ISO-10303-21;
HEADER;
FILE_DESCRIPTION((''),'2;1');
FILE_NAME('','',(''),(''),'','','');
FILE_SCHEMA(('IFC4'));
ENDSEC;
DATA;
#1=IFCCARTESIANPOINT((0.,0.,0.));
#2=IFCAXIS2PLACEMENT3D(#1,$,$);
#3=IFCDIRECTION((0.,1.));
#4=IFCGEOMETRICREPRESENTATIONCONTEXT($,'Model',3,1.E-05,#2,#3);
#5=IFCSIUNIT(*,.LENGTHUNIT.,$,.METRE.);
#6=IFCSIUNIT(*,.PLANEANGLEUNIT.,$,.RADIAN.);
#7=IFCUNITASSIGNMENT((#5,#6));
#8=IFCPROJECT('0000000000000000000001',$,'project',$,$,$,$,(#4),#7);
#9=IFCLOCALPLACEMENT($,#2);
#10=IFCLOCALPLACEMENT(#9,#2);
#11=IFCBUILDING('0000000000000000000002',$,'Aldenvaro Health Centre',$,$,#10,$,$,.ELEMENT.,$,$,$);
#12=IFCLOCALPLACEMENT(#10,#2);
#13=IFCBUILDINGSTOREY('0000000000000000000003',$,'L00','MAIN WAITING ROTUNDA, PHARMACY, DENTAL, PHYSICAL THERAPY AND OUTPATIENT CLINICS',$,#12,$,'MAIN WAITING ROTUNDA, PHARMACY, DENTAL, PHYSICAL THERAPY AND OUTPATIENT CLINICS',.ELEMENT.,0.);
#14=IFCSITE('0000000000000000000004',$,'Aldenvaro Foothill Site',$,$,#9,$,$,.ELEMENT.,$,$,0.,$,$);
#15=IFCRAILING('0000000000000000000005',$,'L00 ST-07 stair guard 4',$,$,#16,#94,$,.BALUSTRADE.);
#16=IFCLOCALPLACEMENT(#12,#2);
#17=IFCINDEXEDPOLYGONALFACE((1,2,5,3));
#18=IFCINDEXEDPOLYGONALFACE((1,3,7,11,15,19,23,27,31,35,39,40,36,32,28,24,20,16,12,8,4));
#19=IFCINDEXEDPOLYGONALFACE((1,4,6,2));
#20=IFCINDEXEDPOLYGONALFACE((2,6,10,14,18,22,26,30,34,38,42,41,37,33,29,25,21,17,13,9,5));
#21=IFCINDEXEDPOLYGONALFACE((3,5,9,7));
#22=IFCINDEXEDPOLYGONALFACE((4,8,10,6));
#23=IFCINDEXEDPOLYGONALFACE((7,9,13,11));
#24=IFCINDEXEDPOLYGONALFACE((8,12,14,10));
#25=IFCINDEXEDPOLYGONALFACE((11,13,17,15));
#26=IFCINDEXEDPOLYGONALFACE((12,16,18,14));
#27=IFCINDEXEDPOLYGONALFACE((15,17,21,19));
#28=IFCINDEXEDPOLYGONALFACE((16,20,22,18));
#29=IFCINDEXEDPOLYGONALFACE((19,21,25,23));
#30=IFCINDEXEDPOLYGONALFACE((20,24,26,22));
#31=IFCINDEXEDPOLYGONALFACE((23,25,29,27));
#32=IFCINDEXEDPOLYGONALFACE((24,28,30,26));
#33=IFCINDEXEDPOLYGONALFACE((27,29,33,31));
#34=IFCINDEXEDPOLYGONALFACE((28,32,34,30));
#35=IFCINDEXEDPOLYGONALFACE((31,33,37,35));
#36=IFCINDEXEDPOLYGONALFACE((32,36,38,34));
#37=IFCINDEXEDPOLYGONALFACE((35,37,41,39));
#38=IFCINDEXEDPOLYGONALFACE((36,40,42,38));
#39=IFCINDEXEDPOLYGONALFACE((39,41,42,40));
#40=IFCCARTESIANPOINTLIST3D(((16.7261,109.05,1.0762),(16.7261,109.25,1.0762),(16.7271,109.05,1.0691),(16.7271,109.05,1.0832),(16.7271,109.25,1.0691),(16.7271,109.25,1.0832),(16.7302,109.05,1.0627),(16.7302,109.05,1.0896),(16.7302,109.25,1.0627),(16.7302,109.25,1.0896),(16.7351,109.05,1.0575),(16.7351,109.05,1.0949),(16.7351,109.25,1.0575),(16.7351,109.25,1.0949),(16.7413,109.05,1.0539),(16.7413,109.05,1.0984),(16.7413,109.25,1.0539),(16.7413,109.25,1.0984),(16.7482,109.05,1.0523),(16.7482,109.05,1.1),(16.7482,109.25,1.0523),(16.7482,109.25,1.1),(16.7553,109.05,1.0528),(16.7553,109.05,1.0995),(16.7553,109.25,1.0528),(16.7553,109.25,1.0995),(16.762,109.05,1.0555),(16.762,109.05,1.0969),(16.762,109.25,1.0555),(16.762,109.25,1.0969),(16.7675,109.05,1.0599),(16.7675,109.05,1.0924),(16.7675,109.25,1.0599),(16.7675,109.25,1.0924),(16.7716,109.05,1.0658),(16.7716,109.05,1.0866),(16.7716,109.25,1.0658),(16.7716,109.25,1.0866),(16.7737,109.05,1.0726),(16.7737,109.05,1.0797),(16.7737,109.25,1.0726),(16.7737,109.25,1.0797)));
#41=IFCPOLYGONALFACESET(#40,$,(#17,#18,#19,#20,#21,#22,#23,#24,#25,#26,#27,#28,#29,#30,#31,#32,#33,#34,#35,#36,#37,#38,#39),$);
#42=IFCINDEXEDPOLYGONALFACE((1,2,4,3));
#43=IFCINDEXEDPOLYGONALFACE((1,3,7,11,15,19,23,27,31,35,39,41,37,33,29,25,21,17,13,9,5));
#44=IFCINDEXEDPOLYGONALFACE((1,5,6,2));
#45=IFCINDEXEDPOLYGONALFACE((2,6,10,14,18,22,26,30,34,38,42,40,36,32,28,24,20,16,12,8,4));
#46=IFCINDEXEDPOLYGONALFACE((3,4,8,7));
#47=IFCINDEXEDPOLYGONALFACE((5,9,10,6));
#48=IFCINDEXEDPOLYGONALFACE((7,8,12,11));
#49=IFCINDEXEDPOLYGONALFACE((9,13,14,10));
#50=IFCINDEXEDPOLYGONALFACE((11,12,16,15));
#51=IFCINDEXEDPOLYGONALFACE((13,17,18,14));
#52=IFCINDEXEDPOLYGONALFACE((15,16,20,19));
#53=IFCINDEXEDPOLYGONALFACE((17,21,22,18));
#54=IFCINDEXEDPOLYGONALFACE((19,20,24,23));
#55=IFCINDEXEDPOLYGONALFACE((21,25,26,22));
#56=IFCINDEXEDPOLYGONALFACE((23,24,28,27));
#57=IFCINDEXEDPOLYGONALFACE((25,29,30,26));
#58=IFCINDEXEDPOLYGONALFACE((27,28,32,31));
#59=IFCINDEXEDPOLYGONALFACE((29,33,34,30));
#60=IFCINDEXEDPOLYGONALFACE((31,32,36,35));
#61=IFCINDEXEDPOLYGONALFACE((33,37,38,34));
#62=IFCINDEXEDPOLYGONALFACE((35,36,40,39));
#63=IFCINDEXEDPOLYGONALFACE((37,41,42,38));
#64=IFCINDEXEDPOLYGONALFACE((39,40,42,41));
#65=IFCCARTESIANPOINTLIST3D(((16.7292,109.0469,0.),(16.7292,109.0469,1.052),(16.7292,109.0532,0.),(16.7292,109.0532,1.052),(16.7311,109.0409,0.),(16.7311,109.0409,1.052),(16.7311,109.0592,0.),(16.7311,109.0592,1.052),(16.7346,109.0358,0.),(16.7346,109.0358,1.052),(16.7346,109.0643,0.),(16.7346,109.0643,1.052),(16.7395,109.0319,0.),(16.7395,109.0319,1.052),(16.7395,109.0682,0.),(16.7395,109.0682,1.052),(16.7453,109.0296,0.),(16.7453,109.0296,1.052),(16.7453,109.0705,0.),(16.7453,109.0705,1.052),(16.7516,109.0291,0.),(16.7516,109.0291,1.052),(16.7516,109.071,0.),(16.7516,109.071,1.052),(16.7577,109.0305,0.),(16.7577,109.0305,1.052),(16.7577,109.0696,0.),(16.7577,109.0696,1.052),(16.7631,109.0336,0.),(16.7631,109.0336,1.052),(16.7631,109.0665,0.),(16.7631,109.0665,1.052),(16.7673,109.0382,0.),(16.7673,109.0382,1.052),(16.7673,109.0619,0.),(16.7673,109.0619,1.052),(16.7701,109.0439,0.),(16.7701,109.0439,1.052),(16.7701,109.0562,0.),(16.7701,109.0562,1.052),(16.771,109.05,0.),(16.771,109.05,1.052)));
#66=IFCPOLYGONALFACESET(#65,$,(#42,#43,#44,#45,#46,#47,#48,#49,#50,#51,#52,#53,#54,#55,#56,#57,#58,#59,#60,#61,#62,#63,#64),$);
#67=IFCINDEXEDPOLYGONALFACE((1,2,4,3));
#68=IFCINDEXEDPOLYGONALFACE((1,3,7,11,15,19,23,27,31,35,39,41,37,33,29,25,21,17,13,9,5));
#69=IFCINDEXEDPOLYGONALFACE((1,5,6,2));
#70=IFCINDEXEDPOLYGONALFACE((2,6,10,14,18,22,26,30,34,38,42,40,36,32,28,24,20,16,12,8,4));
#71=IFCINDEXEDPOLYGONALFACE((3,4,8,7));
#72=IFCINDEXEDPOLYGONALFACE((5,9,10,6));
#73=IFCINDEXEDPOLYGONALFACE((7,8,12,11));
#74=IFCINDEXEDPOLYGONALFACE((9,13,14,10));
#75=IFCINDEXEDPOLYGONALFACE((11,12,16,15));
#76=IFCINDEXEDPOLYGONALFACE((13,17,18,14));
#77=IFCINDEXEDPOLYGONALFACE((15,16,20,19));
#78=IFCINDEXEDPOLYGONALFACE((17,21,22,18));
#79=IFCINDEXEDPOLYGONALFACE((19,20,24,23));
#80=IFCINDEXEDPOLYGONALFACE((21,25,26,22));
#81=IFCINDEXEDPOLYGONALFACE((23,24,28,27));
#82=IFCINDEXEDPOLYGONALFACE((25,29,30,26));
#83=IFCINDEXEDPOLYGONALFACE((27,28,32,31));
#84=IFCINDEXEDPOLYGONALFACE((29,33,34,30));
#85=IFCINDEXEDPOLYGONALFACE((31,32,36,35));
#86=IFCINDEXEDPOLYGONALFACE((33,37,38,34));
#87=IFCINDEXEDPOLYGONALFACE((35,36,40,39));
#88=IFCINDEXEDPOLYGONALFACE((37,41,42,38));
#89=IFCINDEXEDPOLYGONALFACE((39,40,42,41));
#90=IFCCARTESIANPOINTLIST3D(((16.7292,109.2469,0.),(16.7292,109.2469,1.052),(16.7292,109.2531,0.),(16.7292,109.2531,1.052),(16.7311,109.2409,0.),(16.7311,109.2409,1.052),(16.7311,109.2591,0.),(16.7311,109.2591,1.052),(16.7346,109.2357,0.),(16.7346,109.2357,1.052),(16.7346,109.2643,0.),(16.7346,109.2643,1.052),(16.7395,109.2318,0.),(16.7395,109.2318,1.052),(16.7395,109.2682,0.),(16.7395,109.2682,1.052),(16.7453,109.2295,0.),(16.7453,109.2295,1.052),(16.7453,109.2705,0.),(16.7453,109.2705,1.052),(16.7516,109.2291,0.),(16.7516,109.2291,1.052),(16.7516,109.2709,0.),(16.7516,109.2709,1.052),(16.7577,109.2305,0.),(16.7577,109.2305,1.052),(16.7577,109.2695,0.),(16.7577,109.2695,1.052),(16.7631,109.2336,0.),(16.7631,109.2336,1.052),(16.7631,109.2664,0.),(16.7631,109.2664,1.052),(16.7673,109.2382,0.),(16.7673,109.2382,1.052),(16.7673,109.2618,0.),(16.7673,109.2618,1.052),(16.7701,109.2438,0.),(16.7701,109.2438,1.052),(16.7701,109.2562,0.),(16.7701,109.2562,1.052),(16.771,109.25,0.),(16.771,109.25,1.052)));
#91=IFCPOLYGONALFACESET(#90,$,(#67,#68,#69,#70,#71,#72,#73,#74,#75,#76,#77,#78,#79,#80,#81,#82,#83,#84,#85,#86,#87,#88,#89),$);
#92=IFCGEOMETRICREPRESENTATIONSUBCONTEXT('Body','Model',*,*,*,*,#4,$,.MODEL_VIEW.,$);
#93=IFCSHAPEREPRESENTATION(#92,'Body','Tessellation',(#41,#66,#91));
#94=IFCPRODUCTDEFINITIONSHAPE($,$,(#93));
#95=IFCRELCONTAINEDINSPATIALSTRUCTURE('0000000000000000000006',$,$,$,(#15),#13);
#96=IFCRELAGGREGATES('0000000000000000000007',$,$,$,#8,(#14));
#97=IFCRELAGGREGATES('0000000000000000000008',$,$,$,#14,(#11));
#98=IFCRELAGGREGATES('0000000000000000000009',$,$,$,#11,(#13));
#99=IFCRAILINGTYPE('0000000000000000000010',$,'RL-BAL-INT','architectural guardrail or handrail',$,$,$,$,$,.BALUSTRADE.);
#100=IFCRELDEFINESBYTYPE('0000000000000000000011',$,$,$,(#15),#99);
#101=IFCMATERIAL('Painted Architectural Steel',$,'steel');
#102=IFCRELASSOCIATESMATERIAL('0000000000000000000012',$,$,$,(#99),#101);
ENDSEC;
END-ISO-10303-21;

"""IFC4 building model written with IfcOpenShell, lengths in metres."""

from ifc_helpers import new_model, si_unit, direction, frame, origin, origin_2d, place, context, subcontext, project, spatial, circle, extrude, material, type_object, element, save


model = new_model("IFC4")

# Units and contexts
model_context = context("Model", 3, precision=1e-05, world=origin(), true_north=direction((0.0, 1.0)))
body_context = subcontext(model_context, "Body", "Model", "MODEL_VIEW")
ifc_project = project(units=[si_unit("LENGTHUNIT", "METRE"), si_unit("PLANEANGLEUNIT", "RADIAN")], contexts=[model_context])

# Site, building, storey
site_placement = place(None, origin())
site = spatial("IfcSite", under=ifc_project, at=site_placement, Name="Aldenvaro Foothill Site", CompositionType="ELEMENT", RefElevation=0.0)
building_placement = place(site_placement, origin())
building = spatial("IfcBuilding", under=site, at=building_placement, Name="Aldenvaro Health Centre", CompositionType="ELEMENT")
storey_placement = place(building_placement, origin())
storey = spatial("IfcBuildingStorey", under=building, at=storey_placement, Name="L00", Description="MAIN WAITING ROTUNDA, PHARMACY, DENTAL, PHYSICAL THERAPY AND OUTPATIENT CLINICS", LongName="MAIN WAITING ROTUNDA, PHARMACY, DENTAL, PHYSICAL THERAPY AND OUTPATIENT CLINICS", CompositionType="ELEMENT", Elevation=0.0)

# Railing
ifc_material_1 = material(Name="Painted Architectural Steel", Category="steel")
railing_type_1 = type_object("IfcRailingType", Name="RL-BAL-INT", Description="architectural guardrail or handrail", PredefinedType="BALUSTRADE", material=ifc_material_1)
railing_1_placement = place(storey_placement, frame((16.75, 109.05, 0.0)))
element("IfcRailing", 1, at=railing_1_placement, inside=storey, type_object=railing_type_1, Name="L00 ST-07 stair guard 4", PredefinedType="BALUSTRADE", context=body_context, shape_type="SweptSolid", body=[
    extrude(circle(Radius=0.0239, at=origin_2d()), frame((0.0, 0.0, 1.0762), z_axis=(0.0, 1.0, 0.0), x_axis=(-1.0, 0.0, 0.0)), (0.0, 0.0, 1.0), 0.2),
    extrude(circle(Radius=0.021, at=origin_2d()), origin(), (0.0, 0.0, 1.0), 1.052),
    extrude(circle(Radius=0.021, at=origin_2d()), frame((0.0, 0.2, 0.0)), (0.0, 0.0, 1.0), 1.052),
])

save(model, "model.ifc")
